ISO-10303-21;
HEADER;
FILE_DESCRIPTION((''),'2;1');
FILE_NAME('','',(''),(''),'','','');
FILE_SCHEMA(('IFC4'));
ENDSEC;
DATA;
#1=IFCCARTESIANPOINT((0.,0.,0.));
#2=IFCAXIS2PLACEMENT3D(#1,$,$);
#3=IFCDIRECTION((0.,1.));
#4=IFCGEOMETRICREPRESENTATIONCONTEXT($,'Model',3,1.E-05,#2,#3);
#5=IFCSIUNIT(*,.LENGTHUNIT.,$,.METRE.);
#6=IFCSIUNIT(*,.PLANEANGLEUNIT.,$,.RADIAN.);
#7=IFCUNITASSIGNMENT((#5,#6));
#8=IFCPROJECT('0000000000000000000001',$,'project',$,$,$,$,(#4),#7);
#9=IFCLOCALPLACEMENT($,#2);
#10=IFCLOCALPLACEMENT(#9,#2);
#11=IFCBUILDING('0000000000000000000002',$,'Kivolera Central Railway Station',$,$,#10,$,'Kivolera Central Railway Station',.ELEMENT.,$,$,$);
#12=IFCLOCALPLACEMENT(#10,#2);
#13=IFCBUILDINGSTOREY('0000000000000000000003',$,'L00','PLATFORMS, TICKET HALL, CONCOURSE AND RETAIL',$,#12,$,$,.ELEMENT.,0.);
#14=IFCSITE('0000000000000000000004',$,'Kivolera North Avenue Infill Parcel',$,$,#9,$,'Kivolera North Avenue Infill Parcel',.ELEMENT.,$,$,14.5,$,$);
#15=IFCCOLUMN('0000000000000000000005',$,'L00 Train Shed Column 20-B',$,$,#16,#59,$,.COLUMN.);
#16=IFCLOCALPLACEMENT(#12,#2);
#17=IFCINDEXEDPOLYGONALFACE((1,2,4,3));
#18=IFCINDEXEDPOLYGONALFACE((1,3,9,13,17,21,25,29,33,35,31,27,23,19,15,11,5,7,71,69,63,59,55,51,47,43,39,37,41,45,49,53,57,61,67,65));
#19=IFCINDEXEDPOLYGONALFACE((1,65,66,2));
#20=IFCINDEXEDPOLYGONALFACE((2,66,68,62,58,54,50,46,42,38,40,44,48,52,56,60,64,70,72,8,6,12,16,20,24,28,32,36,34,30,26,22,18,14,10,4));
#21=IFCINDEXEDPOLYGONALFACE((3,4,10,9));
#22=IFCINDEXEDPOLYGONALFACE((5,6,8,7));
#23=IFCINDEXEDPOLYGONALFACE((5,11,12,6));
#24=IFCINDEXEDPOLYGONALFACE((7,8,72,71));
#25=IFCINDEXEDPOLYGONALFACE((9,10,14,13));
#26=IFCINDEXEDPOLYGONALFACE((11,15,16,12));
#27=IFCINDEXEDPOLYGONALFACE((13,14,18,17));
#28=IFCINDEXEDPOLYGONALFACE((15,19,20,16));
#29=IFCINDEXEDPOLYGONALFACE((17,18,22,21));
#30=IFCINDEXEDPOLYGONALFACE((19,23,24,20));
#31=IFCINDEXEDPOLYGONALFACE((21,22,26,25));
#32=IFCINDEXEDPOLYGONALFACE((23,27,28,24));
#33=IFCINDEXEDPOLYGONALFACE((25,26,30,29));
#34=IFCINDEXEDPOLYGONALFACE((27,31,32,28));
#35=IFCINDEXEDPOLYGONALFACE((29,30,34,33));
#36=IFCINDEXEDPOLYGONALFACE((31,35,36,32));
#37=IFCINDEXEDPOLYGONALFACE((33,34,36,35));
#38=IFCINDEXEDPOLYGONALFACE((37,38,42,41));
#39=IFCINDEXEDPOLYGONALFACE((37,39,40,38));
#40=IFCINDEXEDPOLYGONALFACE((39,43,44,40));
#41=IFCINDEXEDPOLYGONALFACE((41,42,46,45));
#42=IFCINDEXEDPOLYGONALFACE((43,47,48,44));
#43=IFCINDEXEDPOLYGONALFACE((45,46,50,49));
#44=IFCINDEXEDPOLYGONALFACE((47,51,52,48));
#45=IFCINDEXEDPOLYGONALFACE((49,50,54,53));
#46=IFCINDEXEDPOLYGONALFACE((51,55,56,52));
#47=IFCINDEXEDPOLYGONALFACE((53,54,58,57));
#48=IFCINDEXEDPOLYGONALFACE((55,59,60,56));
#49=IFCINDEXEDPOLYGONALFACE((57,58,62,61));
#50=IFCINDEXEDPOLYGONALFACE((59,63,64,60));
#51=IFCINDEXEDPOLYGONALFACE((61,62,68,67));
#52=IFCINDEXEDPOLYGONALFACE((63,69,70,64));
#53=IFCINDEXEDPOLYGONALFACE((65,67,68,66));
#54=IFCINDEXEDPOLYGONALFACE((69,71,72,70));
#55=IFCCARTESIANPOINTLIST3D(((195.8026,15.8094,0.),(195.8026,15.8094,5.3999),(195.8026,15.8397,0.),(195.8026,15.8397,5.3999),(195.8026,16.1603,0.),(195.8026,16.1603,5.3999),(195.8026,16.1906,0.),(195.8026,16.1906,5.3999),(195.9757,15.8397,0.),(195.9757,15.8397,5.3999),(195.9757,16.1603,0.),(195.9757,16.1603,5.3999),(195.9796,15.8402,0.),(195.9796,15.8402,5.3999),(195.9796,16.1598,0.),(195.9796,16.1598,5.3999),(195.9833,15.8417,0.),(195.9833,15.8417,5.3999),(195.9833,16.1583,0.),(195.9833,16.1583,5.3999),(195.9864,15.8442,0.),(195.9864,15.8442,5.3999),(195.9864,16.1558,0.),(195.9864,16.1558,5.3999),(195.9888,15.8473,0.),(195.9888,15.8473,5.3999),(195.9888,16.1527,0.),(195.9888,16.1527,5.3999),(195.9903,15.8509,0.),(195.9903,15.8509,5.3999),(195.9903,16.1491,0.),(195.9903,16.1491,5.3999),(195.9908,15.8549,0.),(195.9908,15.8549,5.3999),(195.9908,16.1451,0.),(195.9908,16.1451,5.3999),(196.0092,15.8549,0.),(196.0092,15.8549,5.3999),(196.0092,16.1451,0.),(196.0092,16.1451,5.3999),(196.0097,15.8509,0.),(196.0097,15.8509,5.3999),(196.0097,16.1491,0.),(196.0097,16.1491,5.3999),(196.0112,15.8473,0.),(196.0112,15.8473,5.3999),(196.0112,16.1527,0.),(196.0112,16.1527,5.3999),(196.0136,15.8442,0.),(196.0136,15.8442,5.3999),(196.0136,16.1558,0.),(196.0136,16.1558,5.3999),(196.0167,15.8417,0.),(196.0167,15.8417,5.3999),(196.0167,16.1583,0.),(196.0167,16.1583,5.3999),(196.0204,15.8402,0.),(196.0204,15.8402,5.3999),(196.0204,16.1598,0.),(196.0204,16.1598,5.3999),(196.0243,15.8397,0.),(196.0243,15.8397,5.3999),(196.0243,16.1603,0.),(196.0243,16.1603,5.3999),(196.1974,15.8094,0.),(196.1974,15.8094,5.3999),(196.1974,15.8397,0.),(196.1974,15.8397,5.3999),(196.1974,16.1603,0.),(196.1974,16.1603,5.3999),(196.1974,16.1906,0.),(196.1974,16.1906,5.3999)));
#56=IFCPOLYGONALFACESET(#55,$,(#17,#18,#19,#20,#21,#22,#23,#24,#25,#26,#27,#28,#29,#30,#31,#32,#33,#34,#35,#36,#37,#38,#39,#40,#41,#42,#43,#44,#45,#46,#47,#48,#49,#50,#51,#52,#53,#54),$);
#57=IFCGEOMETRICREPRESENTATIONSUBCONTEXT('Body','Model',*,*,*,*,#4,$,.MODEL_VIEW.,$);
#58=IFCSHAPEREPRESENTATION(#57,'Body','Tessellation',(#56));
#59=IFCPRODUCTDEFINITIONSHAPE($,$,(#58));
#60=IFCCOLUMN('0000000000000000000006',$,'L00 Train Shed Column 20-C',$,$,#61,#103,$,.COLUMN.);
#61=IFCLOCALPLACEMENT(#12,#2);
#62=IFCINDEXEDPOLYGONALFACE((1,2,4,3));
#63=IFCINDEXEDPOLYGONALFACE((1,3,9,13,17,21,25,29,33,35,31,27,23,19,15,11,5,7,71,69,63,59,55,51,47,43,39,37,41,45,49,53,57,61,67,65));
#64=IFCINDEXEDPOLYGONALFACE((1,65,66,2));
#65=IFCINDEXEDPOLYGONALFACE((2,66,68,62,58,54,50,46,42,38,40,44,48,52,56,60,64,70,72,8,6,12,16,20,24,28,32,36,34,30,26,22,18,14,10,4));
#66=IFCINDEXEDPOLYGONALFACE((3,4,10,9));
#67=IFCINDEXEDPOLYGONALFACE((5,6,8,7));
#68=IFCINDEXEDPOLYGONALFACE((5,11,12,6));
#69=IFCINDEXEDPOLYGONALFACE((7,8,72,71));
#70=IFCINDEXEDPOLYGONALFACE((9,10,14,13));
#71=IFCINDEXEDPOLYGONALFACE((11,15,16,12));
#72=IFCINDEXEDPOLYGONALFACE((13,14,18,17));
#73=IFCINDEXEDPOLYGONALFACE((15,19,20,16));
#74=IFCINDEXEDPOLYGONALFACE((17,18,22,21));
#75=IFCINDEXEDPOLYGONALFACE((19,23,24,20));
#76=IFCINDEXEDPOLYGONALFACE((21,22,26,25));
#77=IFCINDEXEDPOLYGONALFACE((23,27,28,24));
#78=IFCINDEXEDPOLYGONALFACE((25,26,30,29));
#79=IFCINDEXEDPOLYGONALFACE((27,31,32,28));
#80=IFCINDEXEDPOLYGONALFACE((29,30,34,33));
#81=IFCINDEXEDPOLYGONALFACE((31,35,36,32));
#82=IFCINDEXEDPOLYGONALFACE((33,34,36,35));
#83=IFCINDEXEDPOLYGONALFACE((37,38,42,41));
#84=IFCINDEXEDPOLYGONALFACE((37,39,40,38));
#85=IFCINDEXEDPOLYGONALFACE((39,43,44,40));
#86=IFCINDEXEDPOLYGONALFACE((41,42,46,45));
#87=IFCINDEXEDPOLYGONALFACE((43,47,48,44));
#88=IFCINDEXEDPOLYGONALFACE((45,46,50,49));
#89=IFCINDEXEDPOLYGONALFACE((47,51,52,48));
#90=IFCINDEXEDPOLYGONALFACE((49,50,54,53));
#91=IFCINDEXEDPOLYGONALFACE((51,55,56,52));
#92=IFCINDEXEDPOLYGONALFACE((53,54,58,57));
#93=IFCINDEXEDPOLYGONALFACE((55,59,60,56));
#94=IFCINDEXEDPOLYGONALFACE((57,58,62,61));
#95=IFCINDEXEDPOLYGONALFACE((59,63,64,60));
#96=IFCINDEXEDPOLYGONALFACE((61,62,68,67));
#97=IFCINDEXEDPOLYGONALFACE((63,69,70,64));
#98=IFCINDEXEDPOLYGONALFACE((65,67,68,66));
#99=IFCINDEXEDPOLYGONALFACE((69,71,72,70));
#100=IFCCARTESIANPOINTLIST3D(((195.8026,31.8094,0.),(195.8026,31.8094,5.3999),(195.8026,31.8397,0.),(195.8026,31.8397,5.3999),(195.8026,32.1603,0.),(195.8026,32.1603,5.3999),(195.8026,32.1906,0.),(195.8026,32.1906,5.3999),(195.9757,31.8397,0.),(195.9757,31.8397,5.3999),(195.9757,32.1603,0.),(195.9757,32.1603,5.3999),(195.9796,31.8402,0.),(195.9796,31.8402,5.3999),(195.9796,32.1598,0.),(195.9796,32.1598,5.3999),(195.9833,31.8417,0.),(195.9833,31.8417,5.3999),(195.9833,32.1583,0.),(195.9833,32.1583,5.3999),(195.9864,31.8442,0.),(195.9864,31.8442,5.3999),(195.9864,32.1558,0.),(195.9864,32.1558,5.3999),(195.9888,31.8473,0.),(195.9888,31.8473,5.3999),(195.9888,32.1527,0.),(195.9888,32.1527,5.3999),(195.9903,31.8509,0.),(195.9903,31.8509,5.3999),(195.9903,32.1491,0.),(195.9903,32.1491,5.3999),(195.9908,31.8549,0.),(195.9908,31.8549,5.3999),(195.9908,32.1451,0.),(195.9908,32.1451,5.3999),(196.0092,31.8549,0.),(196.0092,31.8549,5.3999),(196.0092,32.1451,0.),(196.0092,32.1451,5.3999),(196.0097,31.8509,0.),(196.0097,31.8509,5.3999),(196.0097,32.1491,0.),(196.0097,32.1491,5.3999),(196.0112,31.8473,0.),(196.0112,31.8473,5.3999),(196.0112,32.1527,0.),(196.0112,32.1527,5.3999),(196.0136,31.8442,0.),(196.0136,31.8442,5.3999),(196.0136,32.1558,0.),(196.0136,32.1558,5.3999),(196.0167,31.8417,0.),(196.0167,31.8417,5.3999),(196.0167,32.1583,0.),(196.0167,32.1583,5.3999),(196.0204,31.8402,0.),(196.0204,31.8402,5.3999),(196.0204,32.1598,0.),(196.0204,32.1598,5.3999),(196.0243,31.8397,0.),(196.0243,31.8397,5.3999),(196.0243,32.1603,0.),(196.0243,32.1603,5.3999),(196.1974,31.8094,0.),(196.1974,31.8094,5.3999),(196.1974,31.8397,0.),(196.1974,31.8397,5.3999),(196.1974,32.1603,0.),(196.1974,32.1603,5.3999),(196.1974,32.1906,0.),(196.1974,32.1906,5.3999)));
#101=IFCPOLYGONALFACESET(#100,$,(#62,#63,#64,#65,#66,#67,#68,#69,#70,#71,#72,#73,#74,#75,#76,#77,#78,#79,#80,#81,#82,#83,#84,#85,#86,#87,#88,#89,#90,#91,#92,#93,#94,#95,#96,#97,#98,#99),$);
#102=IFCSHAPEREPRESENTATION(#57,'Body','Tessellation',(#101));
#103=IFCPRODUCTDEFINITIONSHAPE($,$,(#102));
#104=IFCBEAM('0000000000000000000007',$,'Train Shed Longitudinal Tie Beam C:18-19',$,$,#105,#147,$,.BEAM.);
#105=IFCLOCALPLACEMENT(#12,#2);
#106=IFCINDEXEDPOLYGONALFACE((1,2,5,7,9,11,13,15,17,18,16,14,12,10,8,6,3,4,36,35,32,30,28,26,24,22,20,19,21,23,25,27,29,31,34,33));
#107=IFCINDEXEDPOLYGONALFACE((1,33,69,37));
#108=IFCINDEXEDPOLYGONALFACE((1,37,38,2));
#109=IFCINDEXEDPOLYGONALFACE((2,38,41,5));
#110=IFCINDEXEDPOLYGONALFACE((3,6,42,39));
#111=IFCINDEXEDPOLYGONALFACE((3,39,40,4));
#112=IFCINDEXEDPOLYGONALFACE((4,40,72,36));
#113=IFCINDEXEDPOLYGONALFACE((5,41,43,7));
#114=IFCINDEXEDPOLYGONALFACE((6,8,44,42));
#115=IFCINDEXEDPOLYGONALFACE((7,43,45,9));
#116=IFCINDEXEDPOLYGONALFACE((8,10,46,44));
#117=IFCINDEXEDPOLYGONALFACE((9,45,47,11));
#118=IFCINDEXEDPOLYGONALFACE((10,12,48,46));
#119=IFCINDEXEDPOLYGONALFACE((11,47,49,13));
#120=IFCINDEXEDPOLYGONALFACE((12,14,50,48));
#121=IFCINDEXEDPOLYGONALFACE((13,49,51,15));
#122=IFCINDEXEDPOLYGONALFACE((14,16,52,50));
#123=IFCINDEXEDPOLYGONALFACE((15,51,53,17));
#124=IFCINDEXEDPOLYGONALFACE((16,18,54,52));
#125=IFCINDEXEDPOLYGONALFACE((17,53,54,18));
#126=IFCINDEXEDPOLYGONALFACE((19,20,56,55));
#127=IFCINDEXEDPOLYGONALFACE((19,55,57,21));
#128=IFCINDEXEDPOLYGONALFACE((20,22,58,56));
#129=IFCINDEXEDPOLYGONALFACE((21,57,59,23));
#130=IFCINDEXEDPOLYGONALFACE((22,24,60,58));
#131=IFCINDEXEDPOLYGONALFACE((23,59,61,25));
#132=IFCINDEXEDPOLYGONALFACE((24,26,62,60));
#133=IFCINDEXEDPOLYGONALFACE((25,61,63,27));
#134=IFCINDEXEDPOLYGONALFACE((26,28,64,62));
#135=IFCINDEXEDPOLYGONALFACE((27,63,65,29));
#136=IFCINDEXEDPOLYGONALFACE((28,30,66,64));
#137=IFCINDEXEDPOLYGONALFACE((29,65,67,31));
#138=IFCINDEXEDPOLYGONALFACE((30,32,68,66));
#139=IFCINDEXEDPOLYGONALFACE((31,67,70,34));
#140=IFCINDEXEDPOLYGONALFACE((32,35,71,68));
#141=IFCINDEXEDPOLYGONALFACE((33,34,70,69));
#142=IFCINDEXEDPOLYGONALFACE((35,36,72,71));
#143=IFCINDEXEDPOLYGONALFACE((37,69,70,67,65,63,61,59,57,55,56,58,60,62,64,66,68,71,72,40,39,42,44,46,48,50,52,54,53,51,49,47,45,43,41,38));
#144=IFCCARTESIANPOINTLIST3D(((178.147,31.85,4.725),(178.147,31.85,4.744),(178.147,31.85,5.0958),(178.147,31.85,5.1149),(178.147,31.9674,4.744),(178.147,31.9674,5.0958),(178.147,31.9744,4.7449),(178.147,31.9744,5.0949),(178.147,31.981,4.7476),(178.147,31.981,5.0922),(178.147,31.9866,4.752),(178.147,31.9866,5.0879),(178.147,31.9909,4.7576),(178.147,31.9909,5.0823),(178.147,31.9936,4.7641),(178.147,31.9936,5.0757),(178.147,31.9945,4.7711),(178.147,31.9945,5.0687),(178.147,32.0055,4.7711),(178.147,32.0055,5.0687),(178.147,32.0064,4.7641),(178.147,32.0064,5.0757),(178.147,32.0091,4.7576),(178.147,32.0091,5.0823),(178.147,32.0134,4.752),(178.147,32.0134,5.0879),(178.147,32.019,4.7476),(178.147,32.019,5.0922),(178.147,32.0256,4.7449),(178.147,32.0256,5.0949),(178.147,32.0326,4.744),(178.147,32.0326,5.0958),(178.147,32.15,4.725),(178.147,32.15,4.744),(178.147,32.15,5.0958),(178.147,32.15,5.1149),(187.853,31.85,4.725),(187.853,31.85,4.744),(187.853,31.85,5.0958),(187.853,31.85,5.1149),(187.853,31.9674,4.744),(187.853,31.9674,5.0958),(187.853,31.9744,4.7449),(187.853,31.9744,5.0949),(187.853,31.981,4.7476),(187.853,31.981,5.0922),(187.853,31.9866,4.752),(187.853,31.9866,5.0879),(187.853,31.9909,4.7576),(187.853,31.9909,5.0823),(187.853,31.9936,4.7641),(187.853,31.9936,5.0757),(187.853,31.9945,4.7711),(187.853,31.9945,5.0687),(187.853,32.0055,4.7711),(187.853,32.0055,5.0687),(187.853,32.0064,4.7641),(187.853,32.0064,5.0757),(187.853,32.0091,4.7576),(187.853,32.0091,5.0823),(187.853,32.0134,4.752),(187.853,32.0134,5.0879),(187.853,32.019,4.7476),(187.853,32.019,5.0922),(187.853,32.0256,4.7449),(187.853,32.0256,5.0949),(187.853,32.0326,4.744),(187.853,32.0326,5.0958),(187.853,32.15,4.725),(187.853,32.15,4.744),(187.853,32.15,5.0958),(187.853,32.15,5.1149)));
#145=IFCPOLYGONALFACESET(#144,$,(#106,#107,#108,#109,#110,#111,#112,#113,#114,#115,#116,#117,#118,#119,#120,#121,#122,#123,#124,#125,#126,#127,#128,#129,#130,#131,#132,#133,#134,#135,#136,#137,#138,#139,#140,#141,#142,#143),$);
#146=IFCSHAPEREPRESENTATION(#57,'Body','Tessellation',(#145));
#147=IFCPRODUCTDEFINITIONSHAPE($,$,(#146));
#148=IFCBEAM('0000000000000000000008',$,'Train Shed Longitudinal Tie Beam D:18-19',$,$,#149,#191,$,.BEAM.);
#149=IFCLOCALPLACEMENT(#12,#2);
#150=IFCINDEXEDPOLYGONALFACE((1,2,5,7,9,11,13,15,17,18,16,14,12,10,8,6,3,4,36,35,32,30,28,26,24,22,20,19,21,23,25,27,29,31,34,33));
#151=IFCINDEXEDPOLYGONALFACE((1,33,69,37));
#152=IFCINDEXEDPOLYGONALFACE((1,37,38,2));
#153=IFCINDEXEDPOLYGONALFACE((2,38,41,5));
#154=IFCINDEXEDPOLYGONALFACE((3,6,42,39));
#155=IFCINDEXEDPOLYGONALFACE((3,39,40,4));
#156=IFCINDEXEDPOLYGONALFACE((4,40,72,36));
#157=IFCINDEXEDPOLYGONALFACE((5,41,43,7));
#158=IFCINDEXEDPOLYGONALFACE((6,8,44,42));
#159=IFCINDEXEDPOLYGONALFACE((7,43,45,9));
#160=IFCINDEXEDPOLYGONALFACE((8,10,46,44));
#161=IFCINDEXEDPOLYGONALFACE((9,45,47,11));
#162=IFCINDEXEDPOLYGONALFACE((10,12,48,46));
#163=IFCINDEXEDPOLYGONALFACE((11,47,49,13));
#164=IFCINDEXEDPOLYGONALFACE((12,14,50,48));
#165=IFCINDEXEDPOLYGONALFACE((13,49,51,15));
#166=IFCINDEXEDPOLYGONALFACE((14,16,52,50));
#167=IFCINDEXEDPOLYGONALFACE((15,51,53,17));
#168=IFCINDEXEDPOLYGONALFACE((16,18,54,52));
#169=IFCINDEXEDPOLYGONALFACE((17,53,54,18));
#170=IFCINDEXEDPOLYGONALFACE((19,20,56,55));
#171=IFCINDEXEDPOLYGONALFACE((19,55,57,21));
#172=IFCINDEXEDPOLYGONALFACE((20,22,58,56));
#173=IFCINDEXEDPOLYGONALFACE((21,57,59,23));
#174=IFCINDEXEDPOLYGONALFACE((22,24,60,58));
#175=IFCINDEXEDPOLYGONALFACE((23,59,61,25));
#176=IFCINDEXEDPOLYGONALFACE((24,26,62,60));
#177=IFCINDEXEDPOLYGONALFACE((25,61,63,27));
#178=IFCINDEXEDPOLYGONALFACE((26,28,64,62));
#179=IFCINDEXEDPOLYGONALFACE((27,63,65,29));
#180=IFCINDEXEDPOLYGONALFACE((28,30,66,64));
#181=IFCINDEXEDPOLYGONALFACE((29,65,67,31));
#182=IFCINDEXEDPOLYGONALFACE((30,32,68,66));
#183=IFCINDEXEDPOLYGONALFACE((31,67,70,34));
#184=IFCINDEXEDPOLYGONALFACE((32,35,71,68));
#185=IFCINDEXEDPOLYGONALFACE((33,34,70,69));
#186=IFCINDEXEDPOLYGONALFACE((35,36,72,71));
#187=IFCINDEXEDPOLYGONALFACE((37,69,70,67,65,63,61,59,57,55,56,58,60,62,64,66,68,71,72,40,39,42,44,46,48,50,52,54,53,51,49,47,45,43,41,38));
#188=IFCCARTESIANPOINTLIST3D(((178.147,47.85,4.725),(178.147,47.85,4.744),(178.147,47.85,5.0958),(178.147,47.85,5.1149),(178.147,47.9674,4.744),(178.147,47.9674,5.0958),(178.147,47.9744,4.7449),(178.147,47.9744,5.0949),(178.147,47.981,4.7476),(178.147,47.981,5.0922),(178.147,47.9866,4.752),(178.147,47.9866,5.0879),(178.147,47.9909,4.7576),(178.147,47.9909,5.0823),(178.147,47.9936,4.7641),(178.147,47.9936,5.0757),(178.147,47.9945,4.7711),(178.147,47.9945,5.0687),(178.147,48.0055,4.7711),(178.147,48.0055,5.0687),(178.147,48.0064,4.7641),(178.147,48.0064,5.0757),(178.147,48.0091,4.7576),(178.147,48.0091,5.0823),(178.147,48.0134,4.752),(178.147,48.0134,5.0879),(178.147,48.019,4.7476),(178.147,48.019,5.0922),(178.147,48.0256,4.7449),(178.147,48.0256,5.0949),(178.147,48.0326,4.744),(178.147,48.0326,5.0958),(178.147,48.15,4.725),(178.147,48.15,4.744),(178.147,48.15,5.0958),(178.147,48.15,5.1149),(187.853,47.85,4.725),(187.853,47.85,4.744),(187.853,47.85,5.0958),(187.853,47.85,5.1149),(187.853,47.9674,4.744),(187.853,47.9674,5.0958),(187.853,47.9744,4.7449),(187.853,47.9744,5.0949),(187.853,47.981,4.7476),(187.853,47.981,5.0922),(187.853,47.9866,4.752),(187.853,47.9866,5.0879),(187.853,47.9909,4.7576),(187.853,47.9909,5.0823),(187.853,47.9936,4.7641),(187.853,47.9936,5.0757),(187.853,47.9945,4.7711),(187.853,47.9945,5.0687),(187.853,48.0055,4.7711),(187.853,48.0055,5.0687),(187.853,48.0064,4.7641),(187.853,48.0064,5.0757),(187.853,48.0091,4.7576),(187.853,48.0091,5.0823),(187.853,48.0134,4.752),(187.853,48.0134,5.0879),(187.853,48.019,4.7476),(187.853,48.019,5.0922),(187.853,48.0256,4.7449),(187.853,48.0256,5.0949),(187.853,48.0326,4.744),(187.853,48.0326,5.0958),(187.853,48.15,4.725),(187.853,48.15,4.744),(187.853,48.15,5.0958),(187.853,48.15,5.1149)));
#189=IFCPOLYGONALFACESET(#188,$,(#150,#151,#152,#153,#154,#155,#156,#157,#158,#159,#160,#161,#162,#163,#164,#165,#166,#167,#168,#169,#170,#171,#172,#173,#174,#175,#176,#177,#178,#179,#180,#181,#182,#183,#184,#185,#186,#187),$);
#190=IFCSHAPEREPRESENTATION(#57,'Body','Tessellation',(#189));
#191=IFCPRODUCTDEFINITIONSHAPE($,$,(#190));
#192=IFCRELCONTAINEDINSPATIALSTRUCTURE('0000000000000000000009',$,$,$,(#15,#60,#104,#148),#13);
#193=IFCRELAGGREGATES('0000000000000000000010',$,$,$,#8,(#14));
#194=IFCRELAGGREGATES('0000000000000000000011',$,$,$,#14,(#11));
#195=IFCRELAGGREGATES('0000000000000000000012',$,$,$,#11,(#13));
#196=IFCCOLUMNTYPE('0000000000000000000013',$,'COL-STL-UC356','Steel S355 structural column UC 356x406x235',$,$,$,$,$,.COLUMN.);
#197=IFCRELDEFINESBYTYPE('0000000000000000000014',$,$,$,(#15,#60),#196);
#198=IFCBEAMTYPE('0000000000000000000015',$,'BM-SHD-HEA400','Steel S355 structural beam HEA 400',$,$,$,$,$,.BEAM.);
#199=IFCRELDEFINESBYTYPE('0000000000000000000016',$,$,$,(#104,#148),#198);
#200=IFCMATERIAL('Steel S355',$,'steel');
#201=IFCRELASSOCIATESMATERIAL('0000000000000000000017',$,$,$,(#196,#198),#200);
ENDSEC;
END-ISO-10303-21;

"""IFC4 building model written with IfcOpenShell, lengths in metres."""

from ifc_helpers import new_model, si_unit, direction, frame, origin, origin_2d, place, context, subcontext, project, spatial, i_section, extrude, material, material_profile, profile_set, type_object, element, save


model = new_model("IFC4")

# Units and contexts
model_context = context("Model", 3, precision=1e-05, world=origin(), true_north=direction((0.0, 1.0)))
body_context = subcontext(model_context, "Body", "Model", "MODEL_VIEW")
ifc_project = project(units=[si_unit("LENGTHUNIT", "METRE"), si_unit("PLANEANGLEUNIT", "RADIAN")], contexts=[model_context])

# Site, building, storey
site_placement = place(None, origin())
site = spatial("IfcSite", under=ifc_project, at=site_placement, Name="Kivolera North Avenue Infill Parcel", LongName="Kivolera North Avenue Infill Parcel", CompositionType="ELEMENT", RefElevation=14.5)
building_placement = place(site_placement, origin())
building = spatial("IfcBuilding", under=site, at=building_placement, Name="Kivolera Central Railway Station", LongName="Kivolera Central Railway Station", CompositionType="ELEMENT")
storey_placement = place(building_placement, origin())
storey = spatial("IfcBuildingStorey", under=building, at=storey_placement, Name="L00", Description="PLATFORMS, TICKET HALL, CONCOURSE AND RETAIL", CompositionType="ELEMENT", Elevation=0.0)

# Columns
ifc_material_1 = material(Name="Steel S355", Category="steel")
ifc_material_profile_1 = material_profile(ifc_material_1, i_section(OverallWidth=0.3948, OverallDepth=0.3811, WebThickness=0.0183, FlangeThickness=0.0303, FilletRadius=0.0151, at=origin_2d()), Name="UC 356x406x235")
ifc_profile_set_1 = profile_set([ifc_material_profile_1], Name="Steel S355")
column_type_1 = type_object("IfcColumnType", Name="COL-STL-UC356", Description="Steel S355 structural column UC 356x406x235", PredefinedType="COLUMN", material=ifc_profile_set_1)
for number, where, z_axis, x_axis, name in (
    (1, (196.0, 16.0, 0.0), (0.0, 0.0, 1.0), (1.0, 0.0, 0.0), "L00 Train Shed Column 20-B"),
    (2, (196.0, 32.0, 0.0), (0.0, 0.0, 1.0), (1.0, 0.0, 0.0), "L00 Train Shed Column 20-C"),
):
    element("IfcColumn", number, at=place(storey_placement, frame(where, z_axis=z_axis, x_axis=x_axis)), inside=storey, type_object=column_type_1, Name=name, PredefinedType="COLUMN", context=body_context, shape_type="SweptSolid", body=[
        extrude(i_section(OverallWidth=0.3948, OverallDepth=0.3811, WebThickness=0.0183, FlangeThickness=0.0303, FilletRadius=0.0151, at=origin_2d()), origin(), (0.0, 0.0, 1.0), 5.3999),
    ])

# Beams
ifc_material_profile_2 = material_profile(ifc_material_1, i_section(OverallWidth=0.3, OverallDepth=0.3899, WebThickness=0.011, FlangeThickness=0.019, FilletRadius=0.0271, at=origin_2d()), Name="HEA 400")
ifc_profile_set_2 = profile_set([ifc_material_profile_2], Name="Steel S355")
beam_type = type_object("IfcBeamType", Name="BM-SHD-HEA400", Description="Steel S355 structural beam HEA 400", PredefinedType="BEAM", material=ifc_profile_set_2)
for number, where, z_axis, x_axis, name in (
    (3, (178.147, 32.0, 4.9199), (1.0, 0.0, 0.0), (0.0, 1.0, 0.0), "Train Shed Longitudinal Tie Beam C:18-19"),
    (4, (178.147, 48.0, 4.9199), (1.0, 0.0, 0.0), (0.0, 1.0, 0.0), "Train Shed Longitudinal Tie Beam D:18-19"),
):
    element("IfcBeam", number, at=place(storey_placement, frame(where, z_axis=z_axis, x_axis=x_axis)), inside=storey, type_object=beam_type, Name=name, PredefinedType="BEAM", context=body_context, shape_type="SweptSolid", body=[
        extrude(i_section(OverallWidth=0.3, OverallDepth=0.3899, WebThickness=0.011, FlangeThickness=0.019, FilletRadius=0.0271, at=origin_2d()), origin(), (0.0, 0.0, 1.0), 9.7061),
    ])

save(model, "model.ifc")
